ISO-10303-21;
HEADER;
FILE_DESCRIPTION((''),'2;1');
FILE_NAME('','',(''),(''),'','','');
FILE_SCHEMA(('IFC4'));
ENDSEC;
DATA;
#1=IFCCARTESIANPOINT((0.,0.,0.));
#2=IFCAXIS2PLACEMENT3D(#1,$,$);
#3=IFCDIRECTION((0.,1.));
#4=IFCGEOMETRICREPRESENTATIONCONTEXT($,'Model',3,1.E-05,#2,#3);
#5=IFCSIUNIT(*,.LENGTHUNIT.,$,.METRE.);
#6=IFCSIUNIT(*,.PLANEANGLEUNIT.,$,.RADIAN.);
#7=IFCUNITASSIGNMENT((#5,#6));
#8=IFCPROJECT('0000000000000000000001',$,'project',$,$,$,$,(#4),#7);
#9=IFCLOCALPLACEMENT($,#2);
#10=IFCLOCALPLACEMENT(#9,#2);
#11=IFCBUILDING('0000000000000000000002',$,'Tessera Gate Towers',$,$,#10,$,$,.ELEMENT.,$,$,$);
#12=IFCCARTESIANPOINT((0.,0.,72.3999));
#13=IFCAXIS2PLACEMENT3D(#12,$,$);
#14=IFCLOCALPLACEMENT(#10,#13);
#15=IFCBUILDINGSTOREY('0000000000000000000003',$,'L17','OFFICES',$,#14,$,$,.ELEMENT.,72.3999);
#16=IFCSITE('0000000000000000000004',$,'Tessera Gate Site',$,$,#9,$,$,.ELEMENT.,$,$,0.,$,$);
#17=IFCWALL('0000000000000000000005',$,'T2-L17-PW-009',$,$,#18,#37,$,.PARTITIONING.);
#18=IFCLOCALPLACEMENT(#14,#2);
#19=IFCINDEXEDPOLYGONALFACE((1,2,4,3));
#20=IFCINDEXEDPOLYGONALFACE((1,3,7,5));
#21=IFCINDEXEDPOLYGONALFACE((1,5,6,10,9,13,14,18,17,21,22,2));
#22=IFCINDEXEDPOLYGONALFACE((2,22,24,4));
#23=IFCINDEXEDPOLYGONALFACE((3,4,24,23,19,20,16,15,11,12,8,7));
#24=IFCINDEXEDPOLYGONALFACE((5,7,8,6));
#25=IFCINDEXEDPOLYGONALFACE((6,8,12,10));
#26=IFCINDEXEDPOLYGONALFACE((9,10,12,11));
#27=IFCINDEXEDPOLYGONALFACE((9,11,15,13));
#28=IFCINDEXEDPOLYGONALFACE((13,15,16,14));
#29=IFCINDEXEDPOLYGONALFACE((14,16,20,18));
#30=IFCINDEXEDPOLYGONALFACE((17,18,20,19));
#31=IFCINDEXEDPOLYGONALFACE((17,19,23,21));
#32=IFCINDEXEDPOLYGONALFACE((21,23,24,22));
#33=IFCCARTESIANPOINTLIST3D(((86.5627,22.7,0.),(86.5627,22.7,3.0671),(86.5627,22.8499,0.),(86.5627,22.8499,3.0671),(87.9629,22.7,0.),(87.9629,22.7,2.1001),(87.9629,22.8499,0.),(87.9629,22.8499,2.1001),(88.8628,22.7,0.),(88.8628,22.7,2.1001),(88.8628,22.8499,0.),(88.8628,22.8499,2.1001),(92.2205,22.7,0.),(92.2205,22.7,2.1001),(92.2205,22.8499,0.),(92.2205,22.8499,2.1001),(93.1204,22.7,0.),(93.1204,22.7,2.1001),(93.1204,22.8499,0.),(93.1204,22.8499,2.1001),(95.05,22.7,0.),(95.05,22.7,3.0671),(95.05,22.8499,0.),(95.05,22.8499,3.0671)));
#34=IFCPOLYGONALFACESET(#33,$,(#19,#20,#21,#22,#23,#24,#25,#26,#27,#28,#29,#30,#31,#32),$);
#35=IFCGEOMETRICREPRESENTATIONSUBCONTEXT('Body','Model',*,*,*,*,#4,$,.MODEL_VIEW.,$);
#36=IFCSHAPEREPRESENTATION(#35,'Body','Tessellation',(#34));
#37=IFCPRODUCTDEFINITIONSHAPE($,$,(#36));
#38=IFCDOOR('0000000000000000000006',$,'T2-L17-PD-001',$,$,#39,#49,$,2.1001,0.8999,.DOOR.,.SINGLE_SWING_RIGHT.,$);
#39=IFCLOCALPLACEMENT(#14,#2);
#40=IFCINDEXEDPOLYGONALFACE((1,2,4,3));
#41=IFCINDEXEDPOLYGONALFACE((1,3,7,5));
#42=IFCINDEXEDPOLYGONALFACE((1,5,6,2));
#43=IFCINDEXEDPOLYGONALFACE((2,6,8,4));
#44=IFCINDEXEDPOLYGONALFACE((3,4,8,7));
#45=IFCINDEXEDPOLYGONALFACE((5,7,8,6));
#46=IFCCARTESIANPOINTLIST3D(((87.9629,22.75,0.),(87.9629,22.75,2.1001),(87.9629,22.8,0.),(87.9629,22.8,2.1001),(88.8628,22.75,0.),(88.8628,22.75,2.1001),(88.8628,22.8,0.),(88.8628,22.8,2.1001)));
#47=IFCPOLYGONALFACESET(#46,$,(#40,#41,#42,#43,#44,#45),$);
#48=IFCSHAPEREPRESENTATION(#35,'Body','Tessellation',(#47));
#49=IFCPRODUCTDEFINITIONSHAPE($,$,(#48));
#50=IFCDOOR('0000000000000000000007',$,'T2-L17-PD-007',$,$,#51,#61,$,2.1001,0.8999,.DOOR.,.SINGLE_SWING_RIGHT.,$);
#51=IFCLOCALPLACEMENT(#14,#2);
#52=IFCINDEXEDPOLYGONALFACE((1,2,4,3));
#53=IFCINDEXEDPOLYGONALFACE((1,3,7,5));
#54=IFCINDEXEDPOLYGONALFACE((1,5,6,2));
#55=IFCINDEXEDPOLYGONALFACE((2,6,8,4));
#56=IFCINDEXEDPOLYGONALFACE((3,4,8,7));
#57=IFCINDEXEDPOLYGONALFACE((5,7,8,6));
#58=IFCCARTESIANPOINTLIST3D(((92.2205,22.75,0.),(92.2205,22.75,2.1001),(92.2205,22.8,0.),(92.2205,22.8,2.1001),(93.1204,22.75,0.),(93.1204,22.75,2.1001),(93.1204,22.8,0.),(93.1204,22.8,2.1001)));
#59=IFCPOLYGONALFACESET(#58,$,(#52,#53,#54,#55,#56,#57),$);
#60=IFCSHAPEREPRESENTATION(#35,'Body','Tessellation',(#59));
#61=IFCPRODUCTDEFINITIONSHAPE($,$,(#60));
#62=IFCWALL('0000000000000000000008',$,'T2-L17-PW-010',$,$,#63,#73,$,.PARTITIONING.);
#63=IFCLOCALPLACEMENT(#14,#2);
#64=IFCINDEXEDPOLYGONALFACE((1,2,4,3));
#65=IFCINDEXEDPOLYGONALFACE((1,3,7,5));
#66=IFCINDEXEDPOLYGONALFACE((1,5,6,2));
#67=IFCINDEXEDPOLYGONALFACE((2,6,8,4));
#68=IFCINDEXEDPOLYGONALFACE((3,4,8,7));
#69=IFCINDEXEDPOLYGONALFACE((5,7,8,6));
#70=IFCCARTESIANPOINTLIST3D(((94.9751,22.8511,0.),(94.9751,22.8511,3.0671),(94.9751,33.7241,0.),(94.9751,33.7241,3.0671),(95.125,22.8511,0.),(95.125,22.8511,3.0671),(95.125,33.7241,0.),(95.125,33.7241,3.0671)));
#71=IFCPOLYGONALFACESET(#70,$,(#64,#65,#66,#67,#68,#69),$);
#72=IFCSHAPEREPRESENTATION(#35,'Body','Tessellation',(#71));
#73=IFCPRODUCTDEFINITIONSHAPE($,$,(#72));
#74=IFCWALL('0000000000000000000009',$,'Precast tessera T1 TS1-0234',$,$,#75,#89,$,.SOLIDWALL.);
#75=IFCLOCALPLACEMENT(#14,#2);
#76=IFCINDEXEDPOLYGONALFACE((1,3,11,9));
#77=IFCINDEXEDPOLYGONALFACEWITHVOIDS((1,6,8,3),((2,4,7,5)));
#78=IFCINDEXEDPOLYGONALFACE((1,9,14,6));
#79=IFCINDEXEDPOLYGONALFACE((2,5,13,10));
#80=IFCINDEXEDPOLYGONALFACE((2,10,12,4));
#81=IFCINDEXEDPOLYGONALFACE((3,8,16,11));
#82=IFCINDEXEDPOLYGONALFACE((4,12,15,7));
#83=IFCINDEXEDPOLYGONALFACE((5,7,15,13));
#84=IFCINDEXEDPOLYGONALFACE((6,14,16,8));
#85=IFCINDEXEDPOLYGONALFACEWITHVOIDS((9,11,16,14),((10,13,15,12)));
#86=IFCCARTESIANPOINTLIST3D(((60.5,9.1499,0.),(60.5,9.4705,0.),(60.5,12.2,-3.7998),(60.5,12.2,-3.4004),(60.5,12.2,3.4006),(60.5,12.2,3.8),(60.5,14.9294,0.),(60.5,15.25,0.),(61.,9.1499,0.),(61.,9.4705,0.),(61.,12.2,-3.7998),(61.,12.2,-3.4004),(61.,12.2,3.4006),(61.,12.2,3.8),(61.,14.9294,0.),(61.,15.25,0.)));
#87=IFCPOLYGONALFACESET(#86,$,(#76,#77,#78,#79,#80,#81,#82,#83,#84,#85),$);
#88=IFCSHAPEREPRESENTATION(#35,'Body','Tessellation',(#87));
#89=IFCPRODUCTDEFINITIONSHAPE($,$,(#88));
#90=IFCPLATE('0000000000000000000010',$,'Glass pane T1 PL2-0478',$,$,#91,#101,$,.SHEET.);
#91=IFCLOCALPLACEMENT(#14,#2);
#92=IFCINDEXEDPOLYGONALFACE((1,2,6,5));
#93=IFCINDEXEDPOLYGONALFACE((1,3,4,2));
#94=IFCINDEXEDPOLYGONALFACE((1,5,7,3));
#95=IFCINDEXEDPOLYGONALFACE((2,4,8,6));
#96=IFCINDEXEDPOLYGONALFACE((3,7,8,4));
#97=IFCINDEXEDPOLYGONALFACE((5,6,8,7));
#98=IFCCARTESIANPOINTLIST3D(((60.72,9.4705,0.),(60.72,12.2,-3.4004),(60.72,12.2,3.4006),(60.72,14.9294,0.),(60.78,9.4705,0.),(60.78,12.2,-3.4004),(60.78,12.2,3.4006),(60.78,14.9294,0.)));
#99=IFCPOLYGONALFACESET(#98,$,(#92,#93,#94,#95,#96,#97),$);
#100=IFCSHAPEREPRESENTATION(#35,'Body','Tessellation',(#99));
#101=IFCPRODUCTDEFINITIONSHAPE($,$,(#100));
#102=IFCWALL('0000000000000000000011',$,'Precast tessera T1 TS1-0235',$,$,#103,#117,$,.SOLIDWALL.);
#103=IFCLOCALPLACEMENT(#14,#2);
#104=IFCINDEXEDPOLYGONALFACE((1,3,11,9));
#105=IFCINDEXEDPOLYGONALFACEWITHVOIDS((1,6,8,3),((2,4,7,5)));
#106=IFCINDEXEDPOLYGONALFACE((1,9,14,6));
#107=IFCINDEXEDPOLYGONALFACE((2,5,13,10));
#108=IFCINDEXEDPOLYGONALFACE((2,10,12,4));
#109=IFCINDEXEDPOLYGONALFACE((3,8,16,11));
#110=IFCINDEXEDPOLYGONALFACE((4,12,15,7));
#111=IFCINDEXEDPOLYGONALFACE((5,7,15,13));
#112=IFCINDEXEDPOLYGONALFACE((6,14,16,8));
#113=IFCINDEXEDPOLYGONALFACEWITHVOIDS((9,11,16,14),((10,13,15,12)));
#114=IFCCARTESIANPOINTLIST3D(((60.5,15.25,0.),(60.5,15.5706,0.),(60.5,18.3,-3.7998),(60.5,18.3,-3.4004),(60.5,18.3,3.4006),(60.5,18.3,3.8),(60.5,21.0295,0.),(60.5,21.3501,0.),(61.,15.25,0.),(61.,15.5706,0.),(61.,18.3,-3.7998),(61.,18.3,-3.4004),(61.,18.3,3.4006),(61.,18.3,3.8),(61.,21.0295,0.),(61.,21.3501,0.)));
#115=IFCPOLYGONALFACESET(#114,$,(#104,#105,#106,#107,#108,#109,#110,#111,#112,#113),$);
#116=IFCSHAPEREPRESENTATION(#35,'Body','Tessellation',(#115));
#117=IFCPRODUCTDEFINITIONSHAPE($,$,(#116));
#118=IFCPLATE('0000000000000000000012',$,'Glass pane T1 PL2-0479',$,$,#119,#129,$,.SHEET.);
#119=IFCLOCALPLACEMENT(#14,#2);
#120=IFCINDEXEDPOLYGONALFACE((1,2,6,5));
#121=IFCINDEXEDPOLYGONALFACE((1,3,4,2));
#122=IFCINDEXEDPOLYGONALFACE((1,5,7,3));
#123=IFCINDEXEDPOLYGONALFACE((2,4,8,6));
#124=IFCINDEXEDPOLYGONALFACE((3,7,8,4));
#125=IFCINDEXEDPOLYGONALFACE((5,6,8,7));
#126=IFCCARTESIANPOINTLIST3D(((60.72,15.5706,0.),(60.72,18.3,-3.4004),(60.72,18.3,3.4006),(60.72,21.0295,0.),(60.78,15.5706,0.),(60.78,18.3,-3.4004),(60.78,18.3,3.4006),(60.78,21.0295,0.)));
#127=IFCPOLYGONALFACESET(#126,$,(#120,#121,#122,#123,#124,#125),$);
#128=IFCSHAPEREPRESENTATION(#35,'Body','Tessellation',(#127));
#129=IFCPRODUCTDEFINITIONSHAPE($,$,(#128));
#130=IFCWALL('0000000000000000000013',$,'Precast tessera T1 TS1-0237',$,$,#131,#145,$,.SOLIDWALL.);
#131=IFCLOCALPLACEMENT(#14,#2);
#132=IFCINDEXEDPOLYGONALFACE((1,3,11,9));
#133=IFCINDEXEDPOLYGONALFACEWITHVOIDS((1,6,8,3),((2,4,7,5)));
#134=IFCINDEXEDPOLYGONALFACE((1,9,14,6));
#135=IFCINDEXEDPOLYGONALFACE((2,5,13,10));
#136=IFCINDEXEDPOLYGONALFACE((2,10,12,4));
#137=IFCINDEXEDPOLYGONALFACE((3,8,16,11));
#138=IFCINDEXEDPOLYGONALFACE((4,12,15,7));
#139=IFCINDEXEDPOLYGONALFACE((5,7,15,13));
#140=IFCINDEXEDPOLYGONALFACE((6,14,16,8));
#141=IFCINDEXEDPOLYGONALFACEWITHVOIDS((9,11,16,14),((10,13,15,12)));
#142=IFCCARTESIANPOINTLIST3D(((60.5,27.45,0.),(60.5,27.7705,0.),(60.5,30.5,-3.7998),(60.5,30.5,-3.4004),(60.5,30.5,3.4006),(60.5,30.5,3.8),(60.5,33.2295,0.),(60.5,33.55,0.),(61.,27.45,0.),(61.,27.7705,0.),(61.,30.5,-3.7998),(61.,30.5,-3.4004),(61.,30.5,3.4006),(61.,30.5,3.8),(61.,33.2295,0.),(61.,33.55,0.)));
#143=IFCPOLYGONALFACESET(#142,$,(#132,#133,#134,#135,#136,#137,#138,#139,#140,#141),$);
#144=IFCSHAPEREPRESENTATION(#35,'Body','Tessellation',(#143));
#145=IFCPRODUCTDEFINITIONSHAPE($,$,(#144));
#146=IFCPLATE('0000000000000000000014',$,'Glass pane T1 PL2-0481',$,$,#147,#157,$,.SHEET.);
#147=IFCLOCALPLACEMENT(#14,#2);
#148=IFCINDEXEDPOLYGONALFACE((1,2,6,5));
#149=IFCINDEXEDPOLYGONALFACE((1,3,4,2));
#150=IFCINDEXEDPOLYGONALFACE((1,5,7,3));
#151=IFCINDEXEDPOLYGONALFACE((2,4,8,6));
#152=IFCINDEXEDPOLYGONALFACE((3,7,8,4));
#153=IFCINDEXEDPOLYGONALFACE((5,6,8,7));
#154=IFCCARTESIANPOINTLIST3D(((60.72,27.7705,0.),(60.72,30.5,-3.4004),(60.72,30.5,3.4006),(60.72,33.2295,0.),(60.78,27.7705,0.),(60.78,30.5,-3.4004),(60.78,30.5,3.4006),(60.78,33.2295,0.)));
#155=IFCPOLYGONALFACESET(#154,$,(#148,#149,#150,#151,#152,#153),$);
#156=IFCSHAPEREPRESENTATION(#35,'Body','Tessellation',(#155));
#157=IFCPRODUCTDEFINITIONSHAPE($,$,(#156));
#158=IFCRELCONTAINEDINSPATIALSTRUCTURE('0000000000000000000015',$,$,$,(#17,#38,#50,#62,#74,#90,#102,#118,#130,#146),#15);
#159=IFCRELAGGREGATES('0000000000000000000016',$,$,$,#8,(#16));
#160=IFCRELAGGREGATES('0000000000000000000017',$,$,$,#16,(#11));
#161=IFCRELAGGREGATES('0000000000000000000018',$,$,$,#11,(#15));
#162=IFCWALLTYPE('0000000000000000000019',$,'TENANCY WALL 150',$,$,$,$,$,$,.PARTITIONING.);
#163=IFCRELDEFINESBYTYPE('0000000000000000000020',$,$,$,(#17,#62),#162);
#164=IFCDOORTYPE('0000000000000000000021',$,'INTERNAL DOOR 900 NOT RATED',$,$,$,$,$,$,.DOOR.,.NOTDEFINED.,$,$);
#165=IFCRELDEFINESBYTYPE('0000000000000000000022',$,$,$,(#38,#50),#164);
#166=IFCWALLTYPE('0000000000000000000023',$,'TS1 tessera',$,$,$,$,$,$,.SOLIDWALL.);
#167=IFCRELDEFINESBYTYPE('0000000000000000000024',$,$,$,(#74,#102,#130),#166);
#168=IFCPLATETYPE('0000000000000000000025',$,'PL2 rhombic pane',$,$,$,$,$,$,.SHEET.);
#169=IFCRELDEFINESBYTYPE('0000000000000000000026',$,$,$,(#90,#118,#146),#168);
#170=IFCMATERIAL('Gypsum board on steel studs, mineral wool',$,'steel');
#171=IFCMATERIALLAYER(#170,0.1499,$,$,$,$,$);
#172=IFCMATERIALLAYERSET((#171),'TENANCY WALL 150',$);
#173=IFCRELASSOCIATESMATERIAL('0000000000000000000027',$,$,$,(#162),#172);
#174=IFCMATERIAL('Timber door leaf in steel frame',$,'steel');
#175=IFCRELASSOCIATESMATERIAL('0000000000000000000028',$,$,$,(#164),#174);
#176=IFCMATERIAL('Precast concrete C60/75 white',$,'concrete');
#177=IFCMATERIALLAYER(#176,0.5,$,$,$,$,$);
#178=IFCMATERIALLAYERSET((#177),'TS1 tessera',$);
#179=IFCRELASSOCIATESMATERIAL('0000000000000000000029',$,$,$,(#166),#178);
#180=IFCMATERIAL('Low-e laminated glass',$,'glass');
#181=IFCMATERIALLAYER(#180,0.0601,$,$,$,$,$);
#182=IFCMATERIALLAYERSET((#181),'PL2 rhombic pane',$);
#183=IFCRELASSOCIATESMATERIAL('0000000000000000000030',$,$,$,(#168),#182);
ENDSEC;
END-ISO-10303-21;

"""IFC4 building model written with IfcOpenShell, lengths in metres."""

from ifc_helpers import new_model, si_unit, direction, frame, frame_2d, origin, place, context, subcontext, project, spatial, polyline, rectangle, outline, extrude, source, transform, mapped, material, layer, layer_set, type_object, element, fill, save


model = new_model("IFC4")

# Units and contexts
model_context = context("Model", 3, precision=1e-05, world=origin(), true_north=direction((0.0, 1.0)))
body_context = subcontext(model_context, "Body", "Model", "MODEL_VIEW")
ifc_project = project(units=[si_unit("LENGTHUNIT", "METRE"), si_unit("PLANEANGLEUNIT", "RADIAN")], contexts=[model_context])

# Site, building, storey
site_placement = place(None, origin())
site = spatial("IfcSite", under=ifc_project, at=site_placement, Name="Tessera Gate Site", CompositionType="ELEMENT", RefElevation=0.0)
building_placement = place(site_placement, origin())
building = spatial("IfcBuilding", under=site, at=building_placement, Name="Tessera Gate Towers", CompositionType="ELEMENT")
storey_placement = place(building_placement, frame((0.0, 0.0, 72.3999)))
storey = spatial("IfcBuildingStorey", under=building, at=storey_placement, Name="L17", Description="OFFICES", CompositionType="ELEMENT", Elevation=72.3999)

# Shared definitions
ifc_material_1 = material(Name="Gypsum board on steel studs, mineral wool", Category="steel")
ifc_layer_1 = layer(ifc_material_1, 0.1499)
ifc_layer_set_1 = layer_set([ifc_layer_1], Name="TENANCY WALL 150")
wall_type_1 = type_object("IfcWallType", Name="TENANCY WALL 150", PredefinedType="PARTITIONING", material=ifc_layer_set_1)

# Wall, openings, doors
wall_1_placement = place(storey_placement, frame((95.05, 22.7749, 0.0), z_axis=(0.0, 0.0, 1.0), x_axis=(-1.0, 0.0, 0.0)))
wall_1 = element("IfcWall", 1, at=wall_1_placement, inside=storey, type_object=wall_type_1, Name="T2-L17-PW-009", PredefinedType="PARTITIONING", context=body_context, shape_type="SweptSolid", body=[
    extrude(rectangle(XDim=8.4873, YDim=0.1499, at=frame_2d((4.2437, 0.0))), origin(), (0.0, 0.0, 1.0), 3.0671),
])
shared_shape_1 = source(origin(), body_context, "Body", "SweptSolid", [
    extrude(rectangle(XDim=0.8999, YDim=2.1001, at=frame_2d((0.45, 1.05))), frame((0.0, 0.085, 0.0), z_axis=(0.0, -1.0, 0.0), x_axis=(1.0, 0.0, 0.0)), (0.0, 0.0, 1.0), 0.1699),
])
opening_1_placement = place(wall_1_placement, frame((6.1873, 0.0, 0.0)))
opening_1 = element("IfcOpeningElement", 2, at=opening_1_placement, cuts=wall_1, PredefinedType="OPENING", context=body_context, shape_type="MappedRepresentation", body=[
    mapped(shared_shape_1, transform((0.0, 0.0, 0.0), scale=1.0)),
])
opening_2_placement = place(wall_1_placement, frame((1.9297, 0.0, 0.0)))
opening_2 = element("IfcOpeningElement", 3, at=opening_2_placement, cuts=wall_1, PredefinedType="OPENING", context=body_context, shape_type="MappedRepresentation", body=[
    mapped(shared_shape_1, transform((0.0, 0.0, 0.0), scale=1.0)),
])
ifc_material_2 = material(Name="Timber door leaf in steel frame", Category="steel")
door_type_1 = type_object("IfcDoorType", Name="INTERNAL DOOR 900 NOT RATED", OperationType="NOTDEFINED", PredefinedType="DOOR", material=ifc_material_2)
shared_shape_2 = source(origin(), body_context, "Body", "SweptSolid", [
    extrude(rectangle(XDim=0.8999, YDim=2.1001, at=frame_2d((0.45, 1.05))), frame((0.0, 0.0249, 0.0), z_axis=(0.0, -1.0, 0.0), x_axis=(1.0, 0.0, 0.0)), (0.0, 0.0, 1.0), 0.05),
])
door_1_placement = place(opening_1_placement, origin())
door_1 = element("IfcDoor", 4, at=door_1_placement, inside=storey, type_object=door_type_1, Name="T2-L17-PD-001", OperationType="SINGLE_SWING_RIGHT", OverallHeight=2.1001, OverallWidth=0.8999, PredefinedType="DOOR", context=body_context, shape_type="MappedRepresentation", body=[
    mapped(shared_shape_2, transform((0.0, 0.0, 0.0), scale=1.0)),
])
fill(opening_1, door_1)
door_2_placement = place(opening_2_placement, origin())
door_2 = element("IfcDoor", 5, at=door_2_placement, inside=storey, type_object=door_type_1, Name="T2-L17-PD-007", OperationType="SINGLE_SWING_RIGHT", OverallHeight=2.1001, OverallWidth=0.8999, PredefinedType="DOOR", context=body_context, shape_type="MappedRepresentation", body=[
    mapped(shared_shape_2, transform((0.0, 0.0, 0.0), scale=1.0)),
])
fill(opening_2, door_2)

# Wall
wall_2_placement = place(storey_placement, frame((95.05, 22.8511, 0.0), z_axis=(0.0, 0.0, 1.0), x_axis=(0.0, 1.0, 0.0)))
element("IfcWall", 6, at=wall_2_placement, inside=storey, type_object=wall_type_1, Name="T2-L17-PW-010", PredefinedType="PARTITIONING", context=body_context, shape_type="SweptSolid", body=[
    extrude(rectangle(XDim=10.873, YDim=0.1499, at=frame_2d((5.4365, 0.0))), origin(), (0.0, 0.0, 1.0), 3.0671),
])

# Walls, openings, plates
ifc_material_3 = material(Name="Precast concrete C60/75 white", Category="concrete")
ifc_layer_2 = layer(ifc_material_3, 0.5)
ifc_layer_set_2 = layer_set([ifc_layer_2], Name="TS1 tessera")
wall_type_2 = type_object("IfcWallType", Name="TS1 tessera", PredefinedType="SOLIDWALL", material=ifc_layer_set_2)
shared_shape_3 = source(origin(), body_context, "Body", "SweptSolid", [
    extrude(outline(polyline([(3.05, 0.0), (6.1001, 3.7998), (3.05, 7.5999), (0.0, 3.7998), (3.05, 0.0)])), frame((0.0, 0.25, 0.0), z_axis=(0.0, -1.0, 0.0), x_axis=(1.0, 0.0, 0.0)), (0.0, 0.0, 1.0), 0.5),
])
wall_3_placement = place(storey_placement, frame((60.75, 9.1499, -3.7998), z_axis=(0.0, 0.0, 1.0), x_axis=(0.0, 1.0, 0.0)))
wall_3 = element("IfcWall", 7, at=wall_3_placement, inside=storey, type_object=wall_type_2, Name="Precast tessera T1 TS1-0234", PredefinedType="SOLIDWALL", context=body_context, shape_type="MappedRepresentation", body=[
    mapped(shared_shape_3, transform((0.0, 0.0, 0.0), scale=1.0)),
])
shared_shape_4 = source(origin(), body_context, "Body", "SweptSolid", [
    extrude(outline(polyline([(3.05, 0.3994), (5.7795, 3.7998), (3.05, 7.2004), (0.3206, 3.7998), (3.05, 0.3994)])), frame((0.0, 0.26, 0.0), z_axis=(0.0, -1.0, 0.0), x_axis=(1.0, 0.0, 0.0)), (0.0, 0.0, 1.0), 0.52),
])
opening_3_placement = place(wall_3_placement, origin())
opening_3 = element("IfcOpeningElement", 8, at=opening_3_placement, cuts=wall_3, PredefinedType="OPENING", context=body_context, shape_type="MappedRepresentation", body=[
    mapped(shared_shape_4, transform((0.0, 0.0, 0.0), scale=1.0)),
])
ifc_material_4 = material(Name="Low-e laminated glass", Category="glass")
ifc_layer_3 = layer(ifc_material_4, 0.0601)
ifc_layer_set_3 = layer_set([ifc_layer_3], Name="PL2 rhombic pane")
plate_type = type_object("IfcPlateType", Name="PL2 rhombic pane", PredefinedType="SHEET", material=ifc_layer_set_3)
shared_shape_5 = source(origin(), body_context, "Body", "SweptSolid", [
    extrude(outline(polyline([(3.05, 0.3994), (5.7795, 3.7998), (3.05, 7.2004), (0.3206, 3.7998), (3.05, 0.3994)])), frame((0.0, 0.03, 0.0), z_axis=(0.0, -1.0, 0.0), x_axis=(1.0, 0.0, 0.0)), (0.0, 0.0, 1.0), 0.0601),
])
plate_1_placement = place(opening_3_placement, origin())
plate_1 = element("IfcPlate", 9, at=plate_1_placement, inside=storey, type_object=plate_type, Name="Glass pane T1 PL2-0478", PredefinedType="SHEET", context=body_context, shape_type="MappedRepresentation", body=[
    mapped(shared_shape_5, transform((0.0, 0.0, 0.0), scale=1.0)),
])
fill(opening_3, plate_1)
wall_4_placement = place(storey_placement, frame((60.75, 15.25, -3.7998), z_axis=(0.0, 0.0, 1.0), x_axis=(0.0, 1.0, 0.0)))
wall_4 = element("IfcWall", 10, at=wall_4_placement, inside=storey, type_object=wall_type_2, Name="Precast tessera T1 TS1-0235", PredefinedType="SOLIDWALL", context=body_context, shape_type="MappedRepresentation", body=[
    mapped(shared_shape_3, transform((0.0, 0.0, 0.0), scale=1.0)),
])
opening_4_placement = place(wall_4_placement, origin())
opening_4 = element("IfcOpeningElement", 11, at=opening_4_placement, cuts=wall_4, PredefinedType="OPENING", context=body_context, shape_type="MappedRepresentation", body=[
    mapped(shared_shape_4, transform((0.0, 0.0, 0.0), scale=1.0)),
])
plate_2_placement = place(opening_4_placement, origin())
plate_2 = element("IfcPlate", 12, at=plate_2_placement, inside=storey, type_object=plate_type, Name="Glass pane T1 PL2-0479", PredefinedType="SHEET", context=body_context, shape_type="MappedRepresentation", body=[
    mapped(shared_shape_5, transform((0.0, 0.0, 0.0), scale=1.0)),
])
fill(opening_4, plate_2)
wall_5_placement = place(storey_placement, frame((60.75, 27.45, -3.7998), z_axis=(0.0, 0.0, 1.0), x_axis=(0.0, 1.0, 0.0)))
wall_5 = element("IfcWall", 13, at=wall_5_placement, inside=storey, type_object=wall_type_2, Name="Precast tessera T1 TS1-0237", PredefinedType="SOLIDWALL", context=body_context, shape_type="MappedRepresentation", body=[
    mapped(shared_shape_3, transform((0.0, 0.0, 0.0), scale=1.0)),
])
opening_5_placement = place(wall_5_placement, origin())
opening_5 = element("IfcOpeningElement", 14, at=opening_5_placement, cuts=wall_5, PredefinedType="OPENING", context=body_context, shape_type="MappedRepresentation", body=[
    mapped(shared_shape_4, transform((0.0, 0.0, 0.0), scale=1.0)),
])
plate_3_placement = place(opening_5_placement, origin())
plate_3 = element("IfcPlate", 15, at=plate_3_placement, inside=storey, type_object=plate_type, Name="Glass pane T1 PL2-0481", PredefinedType="SHEET", context=body_context, shape_type="MappedRepresentation", body=[
    mapped(shared_shape_5, transform((0.0, 0.0, 0.0), scale=1.0)),
])
fill(opening_5, plate_3)

save(model, "model.ifc")
